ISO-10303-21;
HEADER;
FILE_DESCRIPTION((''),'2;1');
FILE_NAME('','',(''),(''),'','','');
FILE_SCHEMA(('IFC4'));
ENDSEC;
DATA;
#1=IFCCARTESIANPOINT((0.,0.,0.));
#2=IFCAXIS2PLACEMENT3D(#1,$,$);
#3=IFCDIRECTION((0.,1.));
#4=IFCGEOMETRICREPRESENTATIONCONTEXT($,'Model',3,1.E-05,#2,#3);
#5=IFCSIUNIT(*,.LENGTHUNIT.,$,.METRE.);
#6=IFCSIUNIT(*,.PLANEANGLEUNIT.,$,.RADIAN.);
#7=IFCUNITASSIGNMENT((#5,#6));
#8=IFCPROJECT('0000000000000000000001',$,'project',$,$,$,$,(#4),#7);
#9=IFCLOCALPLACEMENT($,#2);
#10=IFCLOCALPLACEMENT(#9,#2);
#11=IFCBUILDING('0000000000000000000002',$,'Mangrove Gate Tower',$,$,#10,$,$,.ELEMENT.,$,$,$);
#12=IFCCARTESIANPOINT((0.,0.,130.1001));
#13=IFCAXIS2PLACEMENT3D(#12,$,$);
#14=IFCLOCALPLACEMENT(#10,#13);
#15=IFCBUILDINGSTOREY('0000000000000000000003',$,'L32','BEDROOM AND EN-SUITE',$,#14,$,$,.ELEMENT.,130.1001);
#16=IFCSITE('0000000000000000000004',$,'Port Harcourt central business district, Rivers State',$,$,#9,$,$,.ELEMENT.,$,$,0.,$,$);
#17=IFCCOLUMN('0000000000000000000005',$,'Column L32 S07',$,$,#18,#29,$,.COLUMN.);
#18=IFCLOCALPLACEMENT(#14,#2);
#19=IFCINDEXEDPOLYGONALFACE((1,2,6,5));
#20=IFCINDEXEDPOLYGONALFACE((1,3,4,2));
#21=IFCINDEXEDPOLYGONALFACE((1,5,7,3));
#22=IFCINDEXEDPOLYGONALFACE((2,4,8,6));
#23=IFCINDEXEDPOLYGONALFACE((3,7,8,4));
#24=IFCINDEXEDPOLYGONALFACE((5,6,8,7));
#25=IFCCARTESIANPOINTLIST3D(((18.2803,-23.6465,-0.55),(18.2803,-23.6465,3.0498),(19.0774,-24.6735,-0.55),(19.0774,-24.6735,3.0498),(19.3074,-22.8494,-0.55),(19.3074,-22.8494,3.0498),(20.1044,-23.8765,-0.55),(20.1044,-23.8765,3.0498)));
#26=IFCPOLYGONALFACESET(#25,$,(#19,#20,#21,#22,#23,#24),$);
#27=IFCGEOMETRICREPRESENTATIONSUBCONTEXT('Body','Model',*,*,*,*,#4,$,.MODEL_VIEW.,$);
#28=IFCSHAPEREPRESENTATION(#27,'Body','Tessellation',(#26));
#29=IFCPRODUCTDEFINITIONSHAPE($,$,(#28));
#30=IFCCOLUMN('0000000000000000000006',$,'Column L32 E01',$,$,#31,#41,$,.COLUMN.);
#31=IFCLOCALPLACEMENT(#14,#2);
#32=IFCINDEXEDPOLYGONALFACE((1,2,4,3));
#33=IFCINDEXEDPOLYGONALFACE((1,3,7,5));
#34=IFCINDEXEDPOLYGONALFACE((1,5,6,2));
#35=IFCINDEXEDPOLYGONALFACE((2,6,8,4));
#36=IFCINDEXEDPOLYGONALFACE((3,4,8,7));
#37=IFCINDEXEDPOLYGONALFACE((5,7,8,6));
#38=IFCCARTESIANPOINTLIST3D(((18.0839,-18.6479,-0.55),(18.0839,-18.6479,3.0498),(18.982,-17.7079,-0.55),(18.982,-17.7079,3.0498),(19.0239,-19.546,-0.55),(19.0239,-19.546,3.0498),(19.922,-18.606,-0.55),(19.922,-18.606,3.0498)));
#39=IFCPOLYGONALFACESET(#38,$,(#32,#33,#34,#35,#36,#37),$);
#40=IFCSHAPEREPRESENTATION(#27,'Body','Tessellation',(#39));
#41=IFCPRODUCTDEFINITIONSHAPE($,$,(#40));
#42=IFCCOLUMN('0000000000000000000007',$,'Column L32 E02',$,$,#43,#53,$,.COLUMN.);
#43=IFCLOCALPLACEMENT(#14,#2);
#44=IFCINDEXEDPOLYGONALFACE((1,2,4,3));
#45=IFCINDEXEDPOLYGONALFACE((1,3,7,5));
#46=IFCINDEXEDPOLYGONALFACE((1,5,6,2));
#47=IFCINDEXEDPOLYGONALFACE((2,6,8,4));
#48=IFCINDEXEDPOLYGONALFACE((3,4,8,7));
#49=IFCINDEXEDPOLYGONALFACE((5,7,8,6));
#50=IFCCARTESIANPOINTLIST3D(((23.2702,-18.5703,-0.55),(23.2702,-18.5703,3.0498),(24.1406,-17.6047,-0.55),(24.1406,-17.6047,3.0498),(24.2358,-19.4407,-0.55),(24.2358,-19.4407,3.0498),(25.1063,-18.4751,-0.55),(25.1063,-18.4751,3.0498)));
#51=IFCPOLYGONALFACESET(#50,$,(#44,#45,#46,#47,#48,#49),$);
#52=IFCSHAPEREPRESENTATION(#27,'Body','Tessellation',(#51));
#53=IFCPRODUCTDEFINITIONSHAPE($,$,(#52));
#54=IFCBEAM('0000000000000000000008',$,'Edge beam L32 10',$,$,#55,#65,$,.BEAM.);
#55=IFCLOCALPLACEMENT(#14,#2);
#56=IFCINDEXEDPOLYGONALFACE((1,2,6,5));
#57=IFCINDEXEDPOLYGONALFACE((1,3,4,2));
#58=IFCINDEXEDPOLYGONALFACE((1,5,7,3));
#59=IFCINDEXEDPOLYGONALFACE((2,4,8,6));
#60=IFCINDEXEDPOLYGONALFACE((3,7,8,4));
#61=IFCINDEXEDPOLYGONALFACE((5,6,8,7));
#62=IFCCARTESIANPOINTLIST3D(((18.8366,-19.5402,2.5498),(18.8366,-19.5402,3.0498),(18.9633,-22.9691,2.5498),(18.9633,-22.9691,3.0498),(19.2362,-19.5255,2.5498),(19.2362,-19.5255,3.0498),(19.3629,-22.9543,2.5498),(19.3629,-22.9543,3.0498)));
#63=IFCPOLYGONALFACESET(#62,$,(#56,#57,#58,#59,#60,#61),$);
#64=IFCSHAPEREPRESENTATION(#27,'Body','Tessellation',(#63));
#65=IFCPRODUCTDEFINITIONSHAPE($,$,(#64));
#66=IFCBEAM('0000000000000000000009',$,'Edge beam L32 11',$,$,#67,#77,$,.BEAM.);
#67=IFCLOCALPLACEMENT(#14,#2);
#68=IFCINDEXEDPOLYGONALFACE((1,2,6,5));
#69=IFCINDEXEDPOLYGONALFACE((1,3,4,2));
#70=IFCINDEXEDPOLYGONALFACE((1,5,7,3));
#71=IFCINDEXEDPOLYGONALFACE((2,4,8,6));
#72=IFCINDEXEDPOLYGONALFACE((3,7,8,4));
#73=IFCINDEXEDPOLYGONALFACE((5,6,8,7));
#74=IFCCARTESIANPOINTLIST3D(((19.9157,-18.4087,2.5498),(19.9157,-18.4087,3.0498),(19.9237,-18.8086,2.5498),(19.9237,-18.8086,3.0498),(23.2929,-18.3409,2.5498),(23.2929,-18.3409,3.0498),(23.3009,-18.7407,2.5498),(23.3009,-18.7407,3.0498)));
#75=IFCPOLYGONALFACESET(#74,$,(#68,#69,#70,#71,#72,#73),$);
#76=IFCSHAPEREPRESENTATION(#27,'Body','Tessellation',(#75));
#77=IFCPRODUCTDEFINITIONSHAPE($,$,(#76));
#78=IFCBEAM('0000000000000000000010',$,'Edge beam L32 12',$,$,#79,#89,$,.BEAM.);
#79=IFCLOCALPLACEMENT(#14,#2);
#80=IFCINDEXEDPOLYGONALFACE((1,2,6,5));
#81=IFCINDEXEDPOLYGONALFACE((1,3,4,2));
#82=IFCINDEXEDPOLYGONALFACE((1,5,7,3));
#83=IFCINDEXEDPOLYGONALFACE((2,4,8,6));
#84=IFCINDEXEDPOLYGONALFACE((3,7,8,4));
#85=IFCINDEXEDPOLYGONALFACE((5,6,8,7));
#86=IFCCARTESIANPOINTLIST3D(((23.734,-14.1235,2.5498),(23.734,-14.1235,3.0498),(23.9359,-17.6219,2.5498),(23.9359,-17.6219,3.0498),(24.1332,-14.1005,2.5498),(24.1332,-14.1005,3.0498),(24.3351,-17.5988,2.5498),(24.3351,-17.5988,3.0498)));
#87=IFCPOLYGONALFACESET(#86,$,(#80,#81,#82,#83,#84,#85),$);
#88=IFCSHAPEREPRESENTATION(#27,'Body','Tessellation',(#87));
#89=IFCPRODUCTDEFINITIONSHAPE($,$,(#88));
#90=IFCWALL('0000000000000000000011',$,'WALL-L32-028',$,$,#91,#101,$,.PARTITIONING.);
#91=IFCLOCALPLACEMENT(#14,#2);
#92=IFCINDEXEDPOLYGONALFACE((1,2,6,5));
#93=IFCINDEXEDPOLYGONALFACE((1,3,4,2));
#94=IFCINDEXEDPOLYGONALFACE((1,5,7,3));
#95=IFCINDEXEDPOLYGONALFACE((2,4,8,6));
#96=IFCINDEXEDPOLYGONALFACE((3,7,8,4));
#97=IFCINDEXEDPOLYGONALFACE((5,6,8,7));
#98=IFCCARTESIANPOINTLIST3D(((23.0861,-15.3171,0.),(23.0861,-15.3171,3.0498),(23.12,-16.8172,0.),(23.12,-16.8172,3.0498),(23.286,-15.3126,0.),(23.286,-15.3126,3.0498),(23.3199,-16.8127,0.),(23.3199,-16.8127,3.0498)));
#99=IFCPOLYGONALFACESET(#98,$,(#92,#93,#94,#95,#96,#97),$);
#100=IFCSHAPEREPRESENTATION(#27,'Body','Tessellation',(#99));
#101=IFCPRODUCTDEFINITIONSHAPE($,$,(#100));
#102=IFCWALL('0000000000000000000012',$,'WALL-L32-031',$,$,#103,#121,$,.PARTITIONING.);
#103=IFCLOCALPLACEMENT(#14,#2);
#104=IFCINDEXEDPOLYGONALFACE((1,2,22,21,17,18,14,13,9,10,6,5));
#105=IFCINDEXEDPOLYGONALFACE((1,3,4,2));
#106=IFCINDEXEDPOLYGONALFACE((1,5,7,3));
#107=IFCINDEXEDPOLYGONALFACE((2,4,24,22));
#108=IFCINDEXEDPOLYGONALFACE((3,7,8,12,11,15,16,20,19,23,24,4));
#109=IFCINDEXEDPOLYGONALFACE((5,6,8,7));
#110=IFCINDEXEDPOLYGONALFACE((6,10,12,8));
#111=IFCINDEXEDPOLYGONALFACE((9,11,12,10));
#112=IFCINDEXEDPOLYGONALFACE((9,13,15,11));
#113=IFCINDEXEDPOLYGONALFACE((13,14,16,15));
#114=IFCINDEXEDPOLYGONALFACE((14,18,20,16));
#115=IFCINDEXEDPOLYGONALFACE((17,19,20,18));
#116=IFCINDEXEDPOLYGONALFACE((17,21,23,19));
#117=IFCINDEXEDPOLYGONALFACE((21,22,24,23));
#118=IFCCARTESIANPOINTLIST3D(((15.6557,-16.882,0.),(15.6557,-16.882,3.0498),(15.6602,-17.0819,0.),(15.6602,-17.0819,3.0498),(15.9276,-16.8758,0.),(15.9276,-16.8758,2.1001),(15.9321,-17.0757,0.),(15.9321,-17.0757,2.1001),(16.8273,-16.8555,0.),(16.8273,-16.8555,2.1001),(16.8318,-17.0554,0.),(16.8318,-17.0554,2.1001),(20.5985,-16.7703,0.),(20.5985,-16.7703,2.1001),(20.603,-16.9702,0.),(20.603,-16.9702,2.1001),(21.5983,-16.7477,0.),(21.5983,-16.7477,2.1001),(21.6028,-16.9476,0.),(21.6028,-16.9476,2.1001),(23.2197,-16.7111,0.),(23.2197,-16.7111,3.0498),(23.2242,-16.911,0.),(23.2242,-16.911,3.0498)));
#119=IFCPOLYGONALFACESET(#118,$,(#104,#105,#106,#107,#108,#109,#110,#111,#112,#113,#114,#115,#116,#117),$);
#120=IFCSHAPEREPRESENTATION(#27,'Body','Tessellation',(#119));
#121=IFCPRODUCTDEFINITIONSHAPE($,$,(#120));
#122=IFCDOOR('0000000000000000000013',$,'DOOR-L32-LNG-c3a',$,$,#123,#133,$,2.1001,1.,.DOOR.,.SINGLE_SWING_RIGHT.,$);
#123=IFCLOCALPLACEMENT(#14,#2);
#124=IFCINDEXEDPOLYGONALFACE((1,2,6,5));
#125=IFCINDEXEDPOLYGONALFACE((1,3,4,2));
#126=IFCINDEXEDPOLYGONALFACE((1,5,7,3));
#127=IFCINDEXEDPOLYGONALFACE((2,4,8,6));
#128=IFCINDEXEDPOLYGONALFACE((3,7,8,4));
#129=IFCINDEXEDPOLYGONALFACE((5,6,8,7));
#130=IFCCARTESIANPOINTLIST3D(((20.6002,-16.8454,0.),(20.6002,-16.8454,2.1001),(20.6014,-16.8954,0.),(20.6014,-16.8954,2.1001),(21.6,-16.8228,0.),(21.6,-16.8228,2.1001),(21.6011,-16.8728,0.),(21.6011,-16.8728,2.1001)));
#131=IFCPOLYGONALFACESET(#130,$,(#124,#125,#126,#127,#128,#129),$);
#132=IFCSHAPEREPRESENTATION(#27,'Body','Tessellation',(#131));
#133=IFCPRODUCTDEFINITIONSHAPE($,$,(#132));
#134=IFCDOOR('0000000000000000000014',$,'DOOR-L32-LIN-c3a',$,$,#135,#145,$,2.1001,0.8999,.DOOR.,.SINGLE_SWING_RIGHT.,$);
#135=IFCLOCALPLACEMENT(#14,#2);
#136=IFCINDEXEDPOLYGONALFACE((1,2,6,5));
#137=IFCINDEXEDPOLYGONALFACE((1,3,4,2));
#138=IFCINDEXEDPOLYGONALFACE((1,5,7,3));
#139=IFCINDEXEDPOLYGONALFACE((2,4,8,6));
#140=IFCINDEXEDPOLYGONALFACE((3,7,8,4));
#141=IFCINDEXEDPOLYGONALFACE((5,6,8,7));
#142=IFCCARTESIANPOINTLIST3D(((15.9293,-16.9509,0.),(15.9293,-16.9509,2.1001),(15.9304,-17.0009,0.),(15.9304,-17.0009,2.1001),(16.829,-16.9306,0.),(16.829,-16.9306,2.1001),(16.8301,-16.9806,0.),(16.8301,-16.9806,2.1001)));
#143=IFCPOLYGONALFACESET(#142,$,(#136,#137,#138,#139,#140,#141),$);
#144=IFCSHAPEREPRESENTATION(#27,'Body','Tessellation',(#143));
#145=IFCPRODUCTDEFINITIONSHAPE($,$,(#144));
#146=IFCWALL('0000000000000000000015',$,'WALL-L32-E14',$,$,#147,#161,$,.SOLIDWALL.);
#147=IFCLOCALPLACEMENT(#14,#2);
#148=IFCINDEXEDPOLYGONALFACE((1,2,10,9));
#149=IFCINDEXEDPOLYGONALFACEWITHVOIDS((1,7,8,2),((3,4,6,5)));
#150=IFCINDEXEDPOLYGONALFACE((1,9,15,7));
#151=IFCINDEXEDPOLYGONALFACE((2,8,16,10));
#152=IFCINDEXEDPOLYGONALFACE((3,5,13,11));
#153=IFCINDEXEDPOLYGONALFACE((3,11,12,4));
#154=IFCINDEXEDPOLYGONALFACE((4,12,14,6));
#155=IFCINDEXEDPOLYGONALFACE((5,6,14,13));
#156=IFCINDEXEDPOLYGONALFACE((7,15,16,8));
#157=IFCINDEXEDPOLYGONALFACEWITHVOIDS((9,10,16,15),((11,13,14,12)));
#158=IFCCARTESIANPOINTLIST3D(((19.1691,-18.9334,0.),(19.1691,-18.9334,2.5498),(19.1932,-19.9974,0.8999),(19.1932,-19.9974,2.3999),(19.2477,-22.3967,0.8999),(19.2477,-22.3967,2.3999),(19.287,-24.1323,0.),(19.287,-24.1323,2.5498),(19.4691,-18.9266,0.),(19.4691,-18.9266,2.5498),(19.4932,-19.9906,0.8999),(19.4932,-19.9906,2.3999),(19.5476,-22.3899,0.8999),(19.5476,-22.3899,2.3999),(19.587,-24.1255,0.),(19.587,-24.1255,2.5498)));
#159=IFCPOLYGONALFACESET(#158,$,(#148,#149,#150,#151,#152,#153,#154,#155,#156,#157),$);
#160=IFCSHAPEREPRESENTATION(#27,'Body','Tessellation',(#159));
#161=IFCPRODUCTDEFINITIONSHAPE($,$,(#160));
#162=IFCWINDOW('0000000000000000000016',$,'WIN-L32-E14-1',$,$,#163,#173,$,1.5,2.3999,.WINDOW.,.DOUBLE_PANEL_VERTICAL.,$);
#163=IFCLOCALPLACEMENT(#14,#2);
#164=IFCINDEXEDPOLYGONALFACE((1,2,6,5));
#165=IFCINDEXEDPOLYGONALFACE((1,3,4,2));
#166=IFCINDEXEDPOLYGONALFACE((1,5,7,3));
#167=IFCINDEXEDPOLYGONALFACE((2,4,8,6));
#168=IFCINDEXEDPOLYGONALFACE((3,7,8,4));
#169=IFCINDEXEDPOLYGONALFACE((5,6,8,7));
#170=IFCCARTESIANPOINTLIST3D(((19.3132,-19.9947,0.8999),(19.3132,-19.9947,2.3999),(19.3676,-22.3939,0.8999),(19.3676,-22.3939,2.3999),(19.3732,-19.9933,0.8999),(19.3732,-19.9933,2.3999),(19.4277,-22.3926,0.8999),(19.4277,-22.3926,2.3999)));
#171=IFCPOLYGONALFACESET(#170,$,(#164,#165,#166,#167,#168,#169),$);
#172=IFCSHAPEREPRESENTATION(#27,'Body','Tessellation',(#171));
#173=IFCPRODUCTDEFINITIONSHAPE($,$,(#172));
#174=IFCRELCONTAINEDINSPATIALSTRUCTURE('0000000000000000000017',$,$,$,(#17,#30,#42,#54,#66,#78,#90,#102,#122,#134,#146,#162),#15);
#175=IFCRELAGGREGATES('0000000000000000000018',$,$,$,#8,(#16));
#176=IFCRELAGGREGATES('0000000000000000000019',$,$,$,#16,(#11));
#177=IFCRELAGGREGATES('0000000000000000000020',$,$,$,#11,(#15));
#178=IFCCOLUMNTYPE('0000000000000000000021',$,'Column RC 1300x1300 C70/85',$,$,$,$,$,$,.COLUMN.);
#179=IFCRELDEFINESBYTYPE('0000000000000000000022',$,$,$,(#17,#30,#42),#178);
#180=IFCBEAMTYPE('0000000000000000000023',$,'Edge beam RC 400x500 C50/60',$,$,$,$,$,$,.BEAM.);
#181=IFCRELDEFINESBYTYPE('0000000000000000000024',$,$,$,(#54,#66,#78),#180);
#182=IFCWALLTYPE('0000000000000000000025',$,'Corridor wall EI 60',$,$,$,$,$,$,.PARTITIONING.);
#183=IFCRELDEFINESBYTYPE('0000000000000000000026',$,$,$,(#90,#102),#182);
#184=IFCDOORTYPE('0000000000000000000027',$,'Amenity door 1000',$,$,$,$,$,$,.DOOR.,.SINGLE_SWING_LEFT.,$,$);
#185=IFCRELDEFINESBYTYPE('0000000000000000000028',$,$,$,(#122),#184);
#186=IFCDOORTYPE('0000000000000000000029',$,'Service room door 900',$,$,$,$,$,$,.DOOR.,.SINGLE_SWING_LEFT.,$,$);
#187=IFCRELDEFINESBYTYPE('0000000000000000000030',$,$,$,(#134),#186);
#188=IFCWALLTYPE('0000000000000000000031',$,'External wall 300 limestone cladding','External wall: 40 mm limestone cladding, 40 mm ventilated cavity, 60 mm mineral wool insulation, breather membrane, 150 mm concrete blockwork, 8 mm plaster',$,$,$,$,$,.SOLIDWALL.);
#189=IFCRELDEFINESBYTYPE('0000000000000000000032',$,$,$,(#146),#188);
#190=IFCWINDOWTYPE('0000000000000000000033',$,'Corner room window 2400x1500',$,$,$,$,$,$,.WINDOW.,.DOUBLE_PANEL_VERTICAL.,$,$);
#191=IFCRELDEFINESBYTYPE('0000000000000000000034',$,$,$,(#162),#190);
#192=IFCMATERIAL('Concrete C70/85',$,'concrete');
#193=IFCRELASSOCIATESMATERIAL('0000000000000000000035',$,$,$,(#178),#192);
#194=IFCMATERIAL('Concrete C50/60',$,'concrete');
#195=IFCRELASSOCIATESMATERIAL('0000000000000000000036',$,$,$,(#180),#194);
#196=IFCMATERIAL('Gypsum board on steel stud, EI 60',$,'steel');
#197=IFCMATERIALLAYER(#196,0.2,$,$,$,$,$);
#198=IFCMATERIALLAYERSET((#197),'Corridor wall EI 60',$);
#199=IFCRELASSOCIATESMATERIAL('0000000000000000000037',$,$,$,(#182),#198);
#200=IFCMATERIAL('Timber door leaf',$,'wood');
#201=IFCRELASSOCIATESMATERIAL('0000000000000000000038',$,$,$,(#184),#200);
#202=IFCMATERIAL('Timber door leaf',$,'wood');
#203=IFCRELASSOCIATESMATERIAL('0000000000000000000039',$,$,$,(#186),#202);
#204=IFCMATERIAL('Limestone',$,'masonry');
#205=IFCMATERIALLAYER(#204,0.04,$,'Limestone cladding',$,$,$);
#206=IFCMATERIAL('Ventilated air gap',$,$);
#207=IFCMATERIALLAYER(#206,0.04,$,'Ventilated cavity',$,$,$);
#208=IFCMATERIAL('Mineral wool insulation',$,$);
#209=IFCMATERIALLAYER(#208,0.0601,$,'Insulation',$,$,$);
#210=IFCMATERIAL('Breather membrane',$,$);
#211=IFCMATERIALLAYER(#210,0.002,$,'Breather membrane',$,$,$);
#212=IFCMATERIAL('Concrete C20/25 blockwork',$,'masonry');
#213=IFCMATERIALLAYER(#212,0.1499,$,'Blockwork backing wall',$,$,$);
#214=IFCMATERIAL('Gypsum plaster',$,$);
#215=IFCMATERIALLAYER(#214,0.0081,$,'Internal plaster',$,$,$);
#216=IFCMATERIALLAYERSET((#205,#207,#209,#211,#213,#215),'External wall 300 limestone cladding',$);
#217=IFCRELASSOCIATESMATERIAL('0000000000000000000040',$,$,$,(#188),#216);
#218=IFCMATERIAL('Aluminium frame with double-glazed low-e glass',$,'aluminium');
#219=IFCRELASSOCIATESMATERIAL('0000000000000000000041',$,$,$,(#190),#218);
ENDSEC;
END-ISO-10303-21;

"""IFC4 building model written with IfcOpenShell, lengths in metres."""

from ifc_helpers import new_model, si_unit, direction, frame, frame_2d, origin, origin_2d, place, context, subcontext, project, spatial, rectangle, extrude, material, layer, layer_set, material_profile, profile_set, type_object, element, fill, save


model = new_model("IFC4")

# Units and contexts
model_context = context("Model", 3, precision=1e-05, world=origin(), true_north=direction((0.0, 1.0)))
body_context = subcontext(model_context, "Body", "Model", "MODEL_VIEW")
ifc_project = project(units=[si_unit("LENGTHUNIT", "METRE"), si_unit("PLANEANGLEUNIT", "RADIAN")], contexts=[model_context])

# Site, building, storey
site_placement = place(None, origin())
site = spatial("IfcSite", under=ifc_project, at=site_placement, Name="Port Harcourt central business district, Rivers State", CompositionType="ELEMENT", RefElevation=0.0)
building_placement = place(site_placement, origin())
building = spatial("IfcBuilding", under=site, at=building_placement, Name="Mangrove Gate Tower", CompositionType="ELEMENT")
storey_placement = place(building_placement, frame((0.0, 0.0, 130.1001)))
storey = spatial("IfcBuildingStorey", under=building, at=storey_placement, Name="L32", Description="BEDROOM AND EN-SUITE", CompositionType="ELEMENT", Elevation=130.1001)

# Columns
ifc_material_1 = material(Name="Concrete C70/85", Category="concrete")
ifc_material_profile_1 = material_profile(ifc_material_1, rectangle(XDim=1.3, YDim=1.3, at=origin_2d()))
ifc_profile_set_1 = profile_set([ifc_material_profile_1], Name="Concrete C70/85")
column_type = type_object("IfcColumnType", Name="Column RC 1300x1300 C70/85", PredefinedType="COLUMN", material=ifc_profile_set_1)
for number, where, z_axis, x_axis, name in (
    (1, (19.1924, -23.7615, -0.55), (0.0, 0.0, 1.0), (0.790005, 0.613101, 0.0), "Column L32 S07"),
    (2, (19.0029, -18.627, -0.55), (0.0, 0.0, 1.0), (0.690809, 0.723037, 0.0), "Column L32 E01"),
    (3, (24.1882, -18.5227, -0.55), (0.0, 0.0, 1.0), (0.669533, 0.742782, 0.0), "Column L32 E02"),
):
    element("IfcColumn", number, at=place(storey_placement, frame(where, z_axis=z_axis, x_axis=x_axis)), inside=storey, type_object=column_type, Name=name, PredefinedType="COLUMN", context=body_context, shape_type="SweptSolid", body=[
        extrude(rectangle(XDim=1.3, YDim=1.3, at=origin_2d()), origin(), (0.0, 0.0, 1.0), 3.5999),
    ])

# Beams
ifc_material_2 = material(Name="Concrete C50/60", Category="concrete")
ifc_material_profile_2 = material_profile(ifc_material_2, rectangle(XDim=0.3999, YDim=0.5, at=origin_2d()))
ifc_profile_set_2 = profile_set([ifc_material_profile_2], Name="Concrete C50/60")
beam_type = type_object("IfcBeamType", Name="Edge beam RC 400x500 C50/60", PredefinedType="BEAM", material=ifc_profile_set_2)
beam_1_placement = place(storey_placement, frame((19.1631, -22.9617, 2.7998), z_axis=(-0.03693, 0.999318, 0.0), x_axis=(-0.999318, -0.03693, 0.0)))
element("IfcBeam", 4, at=beam_1_placement, inside=storey, type_object=beam_type, Name="Edge beam L32 10", PredefinedType="BEAM", context=body_context, shape_type="SweptSolid", body=[
    extrude(rectangle(XDim=0.3999, YDim=0.5, at=origin_2d()), origin(), (0.0, 0.0, 1.0), 3.4312),
])
beam_2_placement = place(storey_placement, frame((19.9197, -18.6086, 2.7998), z_axis=(0.999798, 0.020093, 0.0), x_axis=(-0.020093, 0.999798, 0.0)))
element("IfcBeam", 5, at=beam_2_placement, inside=storey, type_object=beam_type, Name="Edge beam L32 11", PredefinedType="BEAM", context=body_context, shape_type="SweptSolid", body=[
    extrude(rectangle(XDim=0.3999, YDim=0.5, at=origin_2d()), origin(), (0.0, 0.0, 1.0), 3.3779),
])
beam_3_placement = place(storey_placement, frame((24.1355, -17.6104, 2.7998), z_axis=(-0.057619, 0.998339, 0.0), x_axis=(-0.998339, -0.057619, 0.0)))
element("IfcBeam", 6, at=beam_3_placement, inside=storey, type_object=beam_type, Name="Edge beam L32 12", PredefinedType="BEAM", context=body_context, shape_type="SweptSolid", body=[
    extrude(rectangle(XDim=0.3999, YDim=0.5, at=origin_2d()), origin(), (0.0, 0.0, 1.0), 3.5042),
])

# Wall
ifc_material_3 = material(Name="Gypsum board on steel stud, EI 60", Category="steel")
ifc_layer_1 = layer(ifc_material_3, 0.2)
ifc_layer_set_1 = layer_set([ifc_layer_1], Name="Corridor wall EI 60")
wall_type_1 = type_object("IfcWallType", Name="Corridor wall EI 60", PredefinedType="PARTITIONING", material=ifc_layer_set_1)
wall_1_placement = place(storey_placement, frame((23.22, -16.8149, 0.0), z_axis=(0.0, 0.0, 1.0), x_axis=(-0.022618, 0.999744, 0.0)))
element("IfcWall", 7, at=wall_1_placement, inside=storey, type_object=wall_type_1, Name="WALL-L32-028", PredefinedType="PARTITIONING", context=body_context, shape_type="SweptSolid", body=[
    extrude(rectangle(XDim=1.5005, YDim=0.2, at=frame_2d((0.7502, 0.0))), origin(), (0.0, 0.0, 1.0), 3.0498),
])

# Wall, openings, doors
wall_2_placement = place(storey_placement, frame((15.658, -16.9819, 0.0), z_axis=(0.0, 0.0, 1.0), x_axis=(0.999745, 0.022588, 0.0)))
wall_2 = element("IfcWall", 8, at=wall_2_placement, inside=storey, type_object=wall_type_1, Name="WALL-L32-031", PredefinedType="PARTITIONING", context=body_context, shape_type="SweptSolid", body=[
    extrude(rectangle(XDim=7.5659, YDim=0.2, at=frame_2d((3.783, 0.0))), origin(), (0.0, 0.0, 1.0), 3.0498),
])
opening_1_placement = place(wall_2_placement, frame((4.9441, 0.0, 0.0)))
opening_1 = element("IfcOpeningElement", 9, at=opening_1_placement, cuts=wall_2, PredefinedType="OPENING", context=body_context, shape_type="SweptSolid", body=[
    extrude(rectangle(XDim=1.0, YDim=2.1001, at=frame_2d((0.5, 1.05))), frame((0.0, 0.1099, 0.0), z_axis=(0.0, -1.0, 0.0), x_axis=(1.0, 0.0, 0.0)), (0.0, 0.0, 1.0), 0.22),
])
opening_2_placement = place(wall_2_placement, frame((0.272, 0.0, 0.0)))
opening_2 = element("IfcOpeningElement", 10, at=opening_2_placement, cuts=wall_2, PredefinedType="OPENING", context=body_context, shape_type="SweptSolid", body=[
    extrude(rectangle(XDim=0.8999, YDim=2.1001, at=frame_2d((0.45, 1.05))), frame((0.0, 0.1099, 0.0), z_axis=(0.0, -1.0, 0.0), x_axis=(1.0, 0.0, 0.0)), (0.0, 0.0, 1.0), 0.22),
])
ifc_material_4 = material(Name="Timber door leaf", Category="wood")
door_type_1 = type_object("IfcDoorType", Name="Amenity door 1000", OperationType="SINGLE_SWING_LEFT", PredefinedType="DOOR", material=ifc_material_4)
door_1_placement = place(opening_1_placement, origin())
door_1 = element("IfcDoor", 11, at=door_1_placement, inside=storey, type_object=door_type_1, Name="DOOR-L32-LNG-c3a", OperationType="SINGLE_SWING_RIGHT", OverallHeight=2.1001, OverallWidth=1.0, PredefinedType="DOOR", context=body_context, shape_type="SweptSolid", body=[
    extrude(rectangle(XDim=1.0, YDim=2.1001, at=frame_2d((0.5, 1.05))), frame((0.0, 0.0249, 0.0), z_axis=(0.0, -1.0, 0.0), x_axis=(1.0, 0.0, 0.0)), (0.0, 0.0, 1.0), 0.05),
])
fill(opening_1, door_1)
ifc_material_5 = material(Name="Timber door leaf", Category="wood")
door_type_2 = type_object("IfcDoorType", Name="Service room door 900", OperationType="SINGLE_SWING_LEFT", PredefinedType="DOOR", material=ifc_material_5)
door_2_placement = place(opening_2_placement, origin())
door_2 = element("IfcDoor", 12, at=door_2_placement, inside=storey, type_object=door_type_2, Name="DOOR-L32-LIN-c3a", OperationType="SINGLE_SWING_RIGHT", OverallHeight=2.1001, OverallWidth=0.8999, PredefinedType="DOOR", context=body_context, shape_type="SweptSolid", body=[
    extrude(rectangle(XDim=0.8999, YDim=2.1001, at=frame_2d((0.45, 1.05))), frame((0.0, 0.0249, 0.0), z_axis=(0.0, -1.0, 0.0), x_axis=(1.0, 0.0, 0.0)), (0.0, 0.0, 1.0), 0.05),
])
fill(opening_2, door_2)

# Shared definitions
ifc_material_6 = material(Name="Limestone", Category="masonry")
ifc_layer_2 = layer(ifc_material_6, 0.04, Name="Limestone cladding")
ifc_material_7 = material(Name="Ventilated air gap")
ifc_layer_3 = layer(ifc_material_7, 0.04, Name="Ventilated cavity")
ifc_material_8 = material(Name="Mineral wool insulation")
ifc_layer_4 = layer(ifc_material_8, 0.0601, Name="Insulation")
ifc_material_9 = material(Name="Breather membrane")
ifc_layer_5 = layer(ifc_material_9, 0.002, Name="Breather membrane")
ifc_material_10 = material(Name="Concrete C20/25 blockwork", Category="masonry")
ifc_layer_6 = layer(ifc_material_10, 0.1499, Name="Blockwork backing wall")
ifc_material_11 = material(Name="Gypsum plaster")
ifc_layer_7 = layer(ifc_material_11, 0.0081, Name="Internal plaster")
ifc_layer_set_2 = layer_set([ifc_layer_2, ifc_layer_3, ifc_layer_4, ifc_layer_5, ifc_layer_6, ifc_layer_7], Name="External wall 300 limestone cladding")
wall_type_2 = type_object("IfcWallType", Name="External wall 300 limestone cladding", Description="External wall: 40 mm limestone cladding, 40 mm ventilated cavity, 60 mm mineral wool insulation, breather membrane, 150 mm concrete blockwork, 8 mm plaster", PredefinedType="SOLIDWALL", material=ifc_layer_set_2)

# Wall, opening, window
wall_3_placement = place(storey_placement, frame((19.437, -24.1289, 0.0), z_axis=(0.0, 0.0, 1.0), x_axis=(-0.022676, 0.999743, 0.0)))
wall_3 = element("IfcWall", 13, at=wall_3_placement, inside=storey, type_object=wall_type_2, Name="WALL-L32-E14", PredefinedType="SOLIDWALL", context=body_context, shape_type="SweptSolid", body=[
    extrude(rectangle(XDim=5.2002, YDim=0.3, at=frame_2d((2.6001, 0.0))), origin(), (0.0, 0.0, 1.0), 2.5498),
])
opening_3_placement = place(wall_3_placement, frame((1.7361, 0.0, 0.8999)))
opening_3 = element("IfcOpeningElement", 14, at=opening_3_placement, cuts=wall_3, PredefinedType="OPENING", context=body_context, shape_type="SweptSolid", body=[
    extrude(rectangle(XDim=2.3999, YDim=1.5, at=frame_2d((1.2, 0.75))), frame((0.0, 0.1599, 0.0), z_axis=(0.0, -1.0, 0.0), x_axis=(1.0, 0.0, 0.0)), (0.0, 0.0, 1.0), 0.3201),
])
ifc_material_12 = material(Name="Aluminium frame with double-glazed low-e glass", Category="aluminium")
window_type_1 = type_object("IfcWindowType", Name="Corner room window 2400x1500", PartitioningType="DOUBLE_PANEL_VERTICAL", PredefinedType="WINDOW", material=ifc_material_12)
window_1_placement = place(opening_3_placement, origin())
window_1 = element("IfcWindow", 15, at=window_1_placement, inside=storey, type_object=window_type_1, Name="WIN-L32-E14-1", OverallHeight=1.5, OverallWidth=2.3999, PartitioningType="DOUBLE_PANEL_VERTICAL", PredefinedType="WINDOW", context=body_context, shape_type="SweptSolid", body=[
    extrude(rectangle(XDim=2.3999, YDim=1.5, at=frame_2d((1.2, 0.75))), frame((0.0, 0.03, 0.0), z_axis=(0.0, -1.0, 0.0), x_axis=(1.0, 0.0, 0.0)), (0.0, 0.0, 1.0), 0.0601),
])
fill(opening_3, window_1)

save(model, "model.ifc")
